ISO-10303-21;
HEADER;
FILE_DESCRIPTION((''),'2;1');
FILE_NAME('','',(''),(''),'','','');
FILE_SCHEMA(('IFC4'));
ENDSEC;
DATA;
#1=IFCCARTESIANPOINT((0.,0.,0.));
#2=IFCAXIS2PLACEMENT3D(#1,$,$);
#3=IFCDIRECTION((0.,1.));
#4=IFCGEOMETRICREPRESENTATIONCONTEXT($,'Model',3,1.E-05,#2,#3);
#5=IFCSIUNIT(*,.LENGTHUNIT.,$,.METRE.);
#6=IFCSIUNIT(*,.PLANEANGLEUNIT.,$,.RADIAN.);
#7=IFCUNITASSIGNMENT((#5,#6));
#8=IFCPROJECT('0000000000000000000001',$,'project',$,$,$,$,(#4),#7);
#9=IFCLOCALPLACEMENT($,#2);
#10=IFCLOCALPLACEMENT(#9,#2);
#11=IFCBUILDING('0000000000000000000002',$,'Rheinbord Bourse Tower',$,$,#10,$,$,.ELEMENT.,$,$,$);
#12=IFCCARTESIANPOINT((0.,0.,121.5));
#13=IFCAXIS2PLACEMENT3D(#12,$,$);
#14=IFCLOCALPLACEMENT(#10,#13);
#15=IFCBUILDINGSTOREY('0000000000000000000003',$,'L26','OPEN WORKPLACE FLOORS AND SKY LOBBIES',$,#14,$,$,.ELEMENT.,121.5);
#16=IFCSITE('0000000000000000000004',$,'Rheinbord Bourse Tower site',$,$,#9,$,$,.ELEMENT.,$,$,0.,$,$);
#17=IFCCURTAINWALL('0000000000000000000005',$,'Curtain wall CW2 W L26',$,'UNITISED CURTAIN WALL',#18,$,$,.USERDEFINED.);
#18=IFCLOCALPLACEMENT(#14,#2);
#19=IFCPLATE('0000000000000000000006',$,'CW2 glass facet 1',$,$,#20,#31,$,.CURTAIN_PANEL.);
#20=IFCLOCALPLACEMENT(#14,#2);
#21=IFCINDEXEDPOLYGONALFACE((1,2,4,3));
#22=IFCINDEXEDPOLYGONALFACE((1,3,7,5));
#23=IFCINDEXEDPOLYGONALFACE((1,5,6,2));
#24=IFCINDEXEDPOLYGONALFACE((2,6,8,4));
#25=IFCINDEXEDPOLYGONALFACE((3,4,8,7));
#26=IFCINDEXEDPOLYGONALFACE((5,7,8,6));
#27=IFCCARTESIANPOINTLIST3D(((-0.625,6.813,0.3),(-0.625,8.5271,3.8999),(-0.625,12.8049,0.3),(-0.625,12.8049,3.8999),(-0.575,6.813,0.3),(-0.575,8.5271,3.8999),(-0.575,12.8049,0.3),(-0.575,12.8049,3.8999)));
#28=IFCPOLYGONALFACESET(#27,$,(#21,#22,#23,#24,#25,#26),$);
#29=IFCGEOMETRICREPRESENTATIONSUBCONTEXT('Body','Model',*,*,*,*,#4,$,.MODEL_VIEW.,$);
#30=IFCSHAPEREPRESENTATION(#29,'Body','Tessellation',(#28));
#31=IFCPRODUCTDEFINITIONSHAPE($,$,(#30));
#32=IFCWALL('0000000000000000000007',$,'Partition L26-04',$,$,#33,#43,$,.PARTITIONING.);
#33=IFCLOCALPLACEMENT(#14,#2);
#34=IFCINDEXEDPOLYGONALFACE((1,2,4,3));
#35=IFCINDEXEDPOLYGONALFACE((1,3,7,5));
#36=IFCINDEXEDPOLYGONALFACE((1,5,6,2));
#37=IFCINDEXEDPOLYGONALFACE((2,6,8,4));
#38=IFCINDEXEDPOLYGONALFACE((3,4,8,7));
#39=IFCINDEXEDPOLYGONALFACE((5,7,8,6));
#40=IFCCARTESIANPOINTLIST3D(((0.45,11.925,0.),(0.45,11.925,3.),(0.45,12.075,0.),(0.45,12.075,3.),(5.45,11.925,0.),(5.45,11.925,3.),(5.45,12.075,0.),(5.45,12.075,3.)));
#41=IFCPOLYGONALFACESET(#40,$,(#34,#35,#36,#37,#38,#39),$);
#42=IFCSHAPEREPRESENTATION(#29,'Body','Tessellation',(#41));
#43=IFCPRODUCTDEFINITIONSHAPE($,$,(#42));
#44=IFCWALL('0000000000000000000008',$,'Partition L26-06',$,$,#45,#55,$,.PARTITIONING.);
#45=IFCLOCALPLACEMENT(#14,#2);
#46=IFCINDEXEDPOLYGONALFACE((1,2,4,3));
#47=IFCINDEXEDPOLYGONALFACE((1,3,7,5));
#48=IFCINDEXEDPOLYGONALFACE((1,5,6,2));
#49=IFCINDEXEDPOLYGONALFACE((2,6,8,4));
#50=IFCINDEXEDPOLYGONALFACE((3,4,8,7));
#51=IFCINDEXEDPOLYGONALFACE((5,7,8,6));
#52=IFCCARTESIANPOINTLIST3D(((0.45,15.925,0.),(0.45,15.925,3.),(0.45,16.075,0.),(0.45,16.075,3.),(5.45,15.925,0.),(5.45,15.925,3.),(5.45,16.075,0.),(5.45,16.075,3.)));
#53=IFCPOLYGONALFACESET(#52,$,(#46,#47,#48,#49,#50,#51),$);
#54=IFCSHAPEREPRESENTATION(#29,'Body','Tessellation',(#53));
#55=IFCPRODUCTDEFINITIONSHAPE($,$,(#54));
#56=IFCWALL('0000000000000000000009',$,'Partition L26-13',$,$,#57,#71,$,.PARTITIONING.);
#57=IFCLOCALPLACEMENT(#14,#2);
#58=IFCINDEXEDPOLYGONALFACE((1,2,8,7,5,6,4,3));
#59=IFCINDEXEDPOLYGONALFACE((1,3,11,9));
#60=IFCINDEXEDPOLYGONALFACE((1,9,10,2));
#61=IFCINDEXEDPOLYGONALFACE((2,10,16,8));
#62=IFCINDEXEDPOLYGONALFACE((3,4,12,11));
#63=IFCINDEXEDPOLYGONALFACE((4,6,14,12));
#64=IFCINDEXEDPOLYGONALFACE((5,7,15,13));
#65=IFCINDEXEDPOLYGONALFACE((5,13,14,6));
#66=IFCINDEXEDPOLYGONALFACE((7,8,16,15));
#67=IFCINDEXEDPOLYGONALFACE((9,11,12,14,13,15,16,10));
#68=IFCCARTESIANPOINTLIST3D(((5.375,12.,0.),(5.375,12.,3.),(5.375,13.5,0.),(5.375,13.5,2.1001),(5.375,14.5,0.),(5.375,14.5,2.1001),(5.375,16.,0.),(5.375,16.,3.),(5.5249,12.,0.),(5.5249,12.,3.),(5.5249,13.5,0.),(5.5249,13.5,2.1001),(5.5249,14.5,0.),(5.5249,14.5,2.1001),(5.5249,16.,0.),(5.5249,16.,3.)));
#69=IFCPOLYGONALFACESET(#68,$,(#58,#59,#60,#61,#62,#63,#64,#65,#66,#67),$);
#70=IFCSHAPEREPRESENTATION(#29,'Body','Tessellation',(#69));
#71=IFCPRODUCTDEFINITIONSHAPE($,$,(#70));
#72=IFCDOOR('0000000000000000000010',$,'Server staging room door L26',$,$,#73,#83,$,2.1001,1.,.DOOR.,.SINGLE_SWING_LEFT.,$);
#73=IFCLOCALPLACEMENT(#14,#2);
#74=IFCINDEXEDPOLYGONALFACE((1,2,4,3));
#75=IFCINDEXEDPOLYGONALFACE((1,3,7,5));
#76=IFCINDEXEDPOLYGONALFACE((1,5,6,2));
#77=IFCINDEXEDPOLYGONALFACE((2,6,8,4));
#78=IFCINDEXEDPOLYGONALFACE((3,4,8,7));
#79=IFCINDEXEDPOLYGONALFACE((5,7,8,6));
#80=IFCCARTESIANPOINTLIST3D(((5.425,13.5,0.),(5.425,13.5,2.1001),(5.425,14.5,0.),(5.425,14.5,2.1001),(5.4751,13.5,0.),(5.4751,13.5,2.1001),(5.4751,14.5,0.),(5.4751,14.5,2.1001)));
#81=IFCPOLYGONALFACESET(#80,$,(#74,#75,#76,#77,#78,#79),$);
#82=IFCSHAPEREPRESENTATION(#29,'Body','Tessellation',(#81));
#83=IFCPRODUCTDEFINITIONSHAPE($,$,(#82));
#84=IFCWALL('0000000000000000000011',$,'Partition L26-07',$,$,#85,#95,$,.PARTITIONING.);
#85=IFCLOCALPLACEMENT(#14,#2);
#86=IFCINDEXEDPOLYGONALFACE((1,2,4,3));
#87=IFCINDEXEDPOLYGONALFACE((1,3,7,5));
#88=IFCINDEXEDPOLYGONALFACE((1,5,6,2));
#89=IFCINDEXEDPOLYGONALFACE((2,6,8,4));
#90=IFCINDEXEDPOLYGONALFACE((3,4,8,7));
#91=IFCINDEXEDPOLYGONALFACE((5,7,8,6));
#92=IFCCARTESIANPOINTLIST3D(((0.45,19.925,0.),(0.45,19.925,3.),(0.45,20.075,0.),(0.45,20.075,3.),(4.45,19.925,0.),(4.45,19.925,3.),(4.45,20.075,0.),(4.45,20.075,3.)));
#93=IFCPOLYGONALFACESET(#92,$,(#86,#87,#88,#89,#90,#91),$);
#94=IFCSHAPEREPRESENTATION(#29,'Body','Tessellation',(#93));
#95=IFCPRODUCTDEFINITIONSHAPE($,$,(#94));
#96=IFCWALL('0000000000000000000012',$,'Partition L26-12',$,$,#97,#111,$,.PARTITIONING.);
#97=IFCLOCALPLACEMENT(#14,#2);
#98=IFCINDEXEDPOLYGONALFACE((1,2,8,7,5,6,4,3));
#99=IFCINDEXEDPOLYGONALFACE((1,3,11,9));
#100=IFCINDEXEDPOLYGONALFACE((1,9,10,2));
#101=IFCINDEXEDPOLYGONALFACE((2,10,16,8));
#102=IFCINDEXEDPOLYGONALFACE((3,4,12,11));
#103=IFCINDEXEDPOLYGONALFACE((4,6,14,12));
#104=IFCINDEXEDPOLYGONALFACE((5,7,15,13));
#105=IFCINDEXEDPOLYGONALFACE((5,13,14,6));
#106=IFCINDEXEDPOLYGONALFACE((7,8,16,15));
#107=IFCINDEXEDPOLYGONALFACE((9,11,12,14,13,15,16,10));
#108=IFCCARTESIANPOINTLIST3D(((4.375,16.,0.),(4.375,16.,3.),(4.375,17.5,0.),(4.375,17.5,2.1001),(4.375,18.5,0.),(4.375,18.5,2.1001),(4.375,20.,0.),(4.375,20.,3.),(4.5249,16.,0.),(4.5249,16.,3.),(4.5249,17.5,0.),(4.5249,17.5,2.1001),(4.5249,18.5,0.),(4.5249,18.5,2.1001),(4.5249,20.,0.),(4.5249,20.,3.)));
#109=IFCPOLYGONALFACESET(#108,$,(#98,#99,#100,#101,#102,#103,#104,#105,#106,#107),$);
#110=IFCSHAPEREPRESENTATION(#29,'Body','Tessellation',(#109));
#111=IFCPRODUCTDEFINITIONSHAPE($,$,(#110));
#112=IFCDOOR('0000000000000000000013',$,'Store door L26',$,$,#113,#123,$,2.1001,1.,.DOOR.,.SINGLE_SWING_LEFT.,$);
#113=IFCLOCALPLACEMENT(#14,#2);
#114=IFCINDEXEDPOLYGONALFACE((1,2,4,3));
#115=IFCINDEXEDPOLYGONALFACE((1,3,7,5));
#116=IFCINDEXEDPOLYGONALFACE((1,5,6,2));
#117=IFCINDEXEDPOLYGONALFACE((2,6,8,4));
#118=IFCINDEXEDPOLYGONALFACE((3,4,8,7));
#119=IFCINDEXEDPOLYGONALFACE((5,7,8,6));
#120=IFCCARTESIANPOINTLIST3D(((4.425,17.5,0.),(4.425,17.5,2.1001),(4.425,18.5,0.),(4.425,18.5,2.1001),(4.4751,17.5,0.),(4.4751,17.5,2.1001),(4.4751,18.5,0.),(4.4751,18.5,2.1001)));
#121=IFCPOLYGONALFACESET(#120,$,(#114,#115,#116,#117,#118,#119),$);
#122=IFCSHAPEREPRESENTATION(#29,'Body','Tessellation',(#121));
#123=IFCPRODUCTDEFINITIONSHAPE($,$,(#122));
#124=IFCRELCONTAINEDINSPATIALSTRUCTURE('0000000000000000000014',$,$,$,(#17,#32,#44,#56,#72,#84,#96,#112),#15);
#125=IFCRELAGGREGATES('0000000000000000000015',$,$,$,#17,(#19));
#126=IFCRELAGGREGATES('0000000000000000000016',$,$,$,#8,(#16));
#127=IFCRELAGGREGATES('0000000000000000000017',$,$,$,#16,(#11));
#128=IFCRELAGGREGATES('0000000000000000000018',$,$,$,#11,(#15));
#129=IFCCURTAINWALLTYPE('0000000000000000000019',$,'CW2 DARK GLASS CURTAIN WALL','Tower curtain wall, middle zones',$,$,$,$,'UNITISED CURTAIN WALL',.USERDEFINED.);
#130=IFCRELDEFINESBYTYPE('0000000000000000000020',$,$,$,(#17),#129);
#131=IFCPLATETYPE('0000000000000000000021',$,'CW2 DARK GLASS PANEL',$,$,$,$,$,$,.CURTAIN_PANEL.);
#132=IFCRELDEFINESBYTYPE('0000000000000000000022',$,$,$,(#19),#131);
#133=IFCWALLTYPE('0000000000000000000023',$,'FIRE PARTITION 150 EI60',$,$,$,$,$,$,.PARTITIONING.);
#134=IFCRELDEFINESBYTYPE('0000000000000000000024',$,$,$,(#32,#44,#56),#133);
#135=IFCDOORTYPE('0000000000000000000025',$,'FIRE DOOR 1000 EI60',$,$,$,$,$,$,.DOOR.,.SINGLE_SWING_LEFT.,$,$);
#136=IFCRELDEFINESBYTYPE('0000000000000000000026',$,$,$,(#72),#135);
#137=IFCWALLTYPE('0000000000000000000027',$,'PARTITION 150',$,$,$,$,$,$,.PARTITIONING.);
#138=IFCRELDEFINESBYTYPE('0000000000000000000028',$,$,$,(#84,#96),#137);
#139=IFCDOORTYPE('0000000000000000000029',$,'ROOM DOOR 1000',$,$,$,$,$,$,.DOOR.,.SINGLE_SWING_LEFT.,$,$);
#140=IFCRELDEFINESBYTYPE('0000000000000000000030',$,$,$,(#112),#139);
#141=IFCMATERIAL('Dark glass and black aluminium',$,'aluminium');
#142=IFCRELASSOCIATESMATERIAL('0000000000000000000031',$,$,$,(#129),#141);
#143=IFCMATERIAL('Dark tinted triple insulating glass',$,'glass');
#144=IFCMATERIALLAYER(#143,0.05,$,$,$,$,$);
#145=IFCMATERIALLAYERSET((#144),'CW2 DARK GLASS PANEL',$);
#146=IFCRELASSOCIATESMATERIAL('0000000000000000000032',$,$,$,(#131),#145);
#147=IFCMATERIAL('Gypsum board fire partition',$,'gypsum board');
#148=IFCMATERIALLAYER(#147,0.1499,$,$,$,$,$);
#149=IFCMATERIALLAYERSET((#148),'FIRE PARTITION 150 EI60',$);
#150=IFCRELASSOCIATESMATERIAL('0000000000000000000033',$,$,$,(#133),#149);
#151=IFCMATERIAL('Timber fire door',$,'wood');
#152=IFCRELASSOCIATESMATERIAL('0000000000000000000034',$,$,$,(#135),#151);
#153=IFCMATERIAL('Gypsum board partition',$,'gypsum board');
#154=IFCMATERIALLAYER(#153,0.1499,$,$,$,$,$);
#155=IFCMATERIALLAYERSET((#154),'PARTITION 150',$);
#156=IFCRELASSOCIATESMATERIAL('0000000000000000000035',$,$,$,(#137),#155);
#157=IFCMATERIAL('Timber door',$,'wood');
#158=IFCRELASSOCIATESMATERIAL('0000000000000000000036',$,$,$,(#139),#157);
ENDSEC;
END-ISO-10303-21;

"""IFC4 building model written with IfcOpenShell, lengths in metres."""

from ifc_helpers import new_model, si_unit, direction, frame, frame_2d, origin, place, context, subcontext, project, spatial, polyline, rectangle, outline, extrude, material, layer, layer_set, type_object, element, fill, aggregate, save


model = new_model("IFC4")

# Units and contexts
model_context = context("Model", 3, precision=1e-05, world=origin(), true_north=direction((0.0, 1.0)))
body_context = subcontext(model_context, "Body", "Model", "MODEL_VIEW")
ifc_project = project(units=[si_unit("LENGTHUNIT", "METRE"), si_unit("PLANEANGLEUNIT", "RADIAN")], contexts=[model_context])

# Site, building, storey
site_placement = place(None, origin())
site = spatial("IfcSite", under=ifc_project, at=site_placement, Name="Rheinbord Bourse Tower site", CompositionType="ELEMENT", RefElevation=0.0)
building_placement = place(site_placement, origin())
building = spatial("IfcBuilding", under=site, at=building_placement, Name="Rheinbord Bourse Tower", CompositionType="ELEMENT")
storey_placement = place(building_placement, frame((0.0, 0.0, 121.5)))
storey = spatial("IfcBuildingStorey", under=building, at=storey_placement, Name="L26", Description="OPEN WORKPLACE FLOORS AND SKY LOBBIES", CompositionType="ELEMENT", Elevation=121.5)

# Curtain wall
ifc_material_1 = material(Name="Dark glass and black aluminium", Category="aluminium")
curtain_wall_type = type_object("IfcCurtainWallType", Name="CW2 DARK GLASS CURTAIN WALL", Description="Tower curtain wall, middle zones", ElementType="UNITISED CURTAIN WALL", PredefinedType="USERDEFINED", material=ifc_material_1)
curtain_wall_placement = place(storey_placement, origin())
curtain_wall = element("IfcCurtainWall", 1, at=curtain_wall_placement, inside=storey, type_object=curtain_wall_type, Name="Curtain wall CW2 W L26", ObjectType="UNITISED CURTAIN WALL", PredefinedType="USERDEFINED")

# Plate
ifc_material_2 = material(Name="Dark tinted triple insulating glass", Category="glass")
ifc_layer_1 = layer(ifc_material_2, 0.05)
ifc_layer_set_1 = layer_set([ifc_layer_1], Name="CW2 DARK GLASS PANEL")
plate_type = type_object("IfcPlateType", Name="CW2 DARK GLASS PANEL", PredefinedType="CURTAIN_PANEL", material=ifc_layer_set_1)
plate_1_placement = place(storey_placement, frame((-0.625, 12.8049, 0.3), z_axis=(1.0, 0.0, 0.0), x_axis=(0.0, 0.0, 1.0)))
plate_1 = element("IfcPlate", 2, at=plate_1_placement, type_object=plate_type, Name="CW2 glass facet 1", PredefinedType="CURTAIN_PANEL", context=body_context, shape_type="SweptSolid", body=[
    extrude(outline(polyline([(0.0, 0.0), (3.5999, 0.0), (3.5999, 4.2778), (0.0, 5.9919), (0.0, 0.0)])), origin(), (0.0, 0.0, 1.0), 0.05),
])
aggregate(curtain_wall, [plate_1])

# Walls
ifc_material_3 = material(Name="Gypsum board fire partition", Category="gypsum board")
ifc_layer_2 = layer(ifc_material_3, 0.1499)
ifc_layer_set_2 = layer_set([ifc_layer_2], Name="FIRE PARTITION 150 EI60")
wall_type_1 = type_object("IfcWallType", Name="FIRE PARTITION 150 EI60", PredefinedType="PARTITIONING", material=ifc_layer_set_2)
for number, where, z_axis, x_axis, name in (
    (3, (0.45, 12.0, 0.0), (0.0, 0.0, 1.0), (1.0, 0.0, 0.0), "Partition L26-04"),
    (4, (0.45, 16.0, 0.0), (0.0, 0.0, 1.0), (1.0, 0.0, 0.0), "Partition L26-06"),
):
    element("IfcWall", number, at=place(storey_placement, frame(where, z_axis=z_axis, x_axis=x_axis)), inside=storey, type_object=wall_type_1, Name=name, PredefinedType="PARTITIONING", context=body_context, shape_type="SweptSolid", body=[
        extrude(rectangle(XDim=5.0, YDim=0.1499, at=frame_2d((2.5, 0.0))), origin(), (0.0, 0.0, 1.0), 3.0),
    ])

# Wall, opening, door
wall_1_placement = place(storey_placement, frame((5.45, 12.0, 0.0), z_axis=(0.0, 0.0, 1.0), x_axis=(0.0, 1.0, 0.0)))
wall_1 = element("IfcWall", 5, at=wall_1_placement, inside=storey, type_object=wall_type_1, Name="Partition L26-13", PredefinedType="PARTITIONING", context=body_context, shape_type="SweptSolid", body=[
    extrude(rectangle(XDim=4.0, YDim=0.1499, at=frame_2d((2.0, 0.0))), origin(), (0.0, 0.0, 1.0), 3.0),
])
opening_1_placement = place(wall_1_placement, frame((1.5, 0.0, 0.0)))
opening_1 = element("IfcOpeningElement", 6, at=opening_1_placement, cuts=wall_1, PredefinedType="OPENING", context=body_context, shape_type="SweptSolid", body=[
    extrude(rectangle(XDim=1.0, YDim=2.1001, at=frame_2d((0.5, 1.05))), frame((0.0, 0.085, 0.0), z_axis=(0.0, -1.0, 0.0), x_axis=(1.0, 0.0, 0.0)), (0.0, 0.0, 1.0), 0.1699),
])
ifc_material_4 = material(Name="Timber fire door", Category="wood")
door_type_1 = type_object("IfcDoorType", Name="FIRE DOOR 1000 EI60", OperationType="SINGLE_SWING_LEFT", PredefinedType="DOOR", material=ifc_material_4)
door_1_placement = place(opening_1_placement, origin())
door_1 = element("IfcDoor", 7, at=door_1_placement, inside=storey, type_object=door_type_1, Name="Server staging room door L26", OperationType="SINGLE_SWING_LEFT", OverallHeight=2.1001, OverallWidth=1.0, PredefinedType="DOOR", context=body_context, shape_type="SweptSolid", body=[
    extrude(rectangle(XDim=1.0, YDim=2.1001, at=frame_2d((0.5, 1.05))), frame((0.0, 0.0249, 0.0), z_axis=(0.0, -1.0, 0.0), x_axis=(1.0, 0.0, 0.0)), (0.0, 0.0, 1.0), 0.05),
])
fill(opening_1, door_1)

# Wall
ifc_material_5 = material(Name="Gypsum board partition", Category="gypsum board")
ifc_layer_3 = layer(ifc_material_5, 0.1499)
ifc_layer_set_3 = layer_set([ifc_layer_3], Name="PARTITION 150")
wall_type_2 = type_object("IfcWallType", Name="PARTITION 150", PredefinedType="PARTITIONING", material=ifc_layer_set_3)
wall_2_placement = place(storey_placement, frame((0.45, 20.0, 0.0), z_axis=(0.0, 0.0, 1.0), x_axis=(1.0, 0.0, 0.0)))
element("IfcWall", 8, at=wall_2_placement, inside=storey, type_object=wall_type_2, Name="Partition L26-07", PredefinedType="PARTITIONING", context=body_context, shape_type="SweptSolid", body=[
    extrude(rectangle(XDim=4.0, YDim=0.1499, at=frame_2d((2.0, 0.0))), origin(), (0.0, 0.0, 1.0), 3.0),
])

# Wall, opening, door
wall_3_placement = place(storey_placement, frame((4.45, 16.0, 0.0), z_axis=(0.0, 0.0, 1.0), x_axis=(0.0, 1.0, 0.0)))
wall_3 = element("IfcWall", 9, at=wall_3_placement, inside=storey, type_object=wall_type_2, Name="Partition L26-12", PredefinedType="PARTITIONING", context=body_context, shape_type="SweptSolid", body=[
    extrude(rectangle(XDim=4.0, YDim=0.1499, at=frame_2d((2.0, 0.0))), origin(), (0.0, 0.0, 1.0), 3.0),
])
opening_2_placement = place(wall_3_placement, frame((1.5, 0.0, 0.0)))
opening_2 = element("IfcOpeningElement", 10, at=opening_2_placement, cuts=wall_3, PredefinedType="OPENING", context=body_context, shape_type="SweptSolid", body=[
    extrude(rectangle(XDim=1.0, YDim=2.1001, at=frame_2d((0.5, 1.05))), frame((0.0, 0.085, 0.0), z_axis=(0.0, -1.0, 0.0), x_axis=(1.0, 0.0, 0.0)), (0.0, 0.0, 1.0), 0.1699),
])
ifc_material_6 = material(Name="Timber door", Category="wood")
door_type_2 = type_object("IfcDoorType", Name="ROOM DOOR 1000", OperationType="SINGLE_SWING_LEFT", PredefinedType="DOOR", material=ifc_material_6)
door_2_placement = place(opening_2_placement, origin())
door_2 = element("IfcDoor", 11, at=door_2_placement, inside=storey, type_object=door_type_2, Name="Store door L26", OperationType="SINGLE_SWING_LEFT", OverallHeight=2.1001, OverallWidth=1.0, PredefinedType="DOOR", context=body_context, shape_type="SweptSolid", body=[
    extrude(rectangle(XDim=1.0, YDim=2.1001, at=frame_2d((0.5, 1.05))), frame((0.0, 0.0249, 0.0), z_axis=(0.0, -1.0, 0.0), x_axis=(1.0, 0.0, 0.0)), (0.0, 0.0, 1.0), 0.05),
])
fill(opening_2, door_2)

save(model, "model.ifc")
